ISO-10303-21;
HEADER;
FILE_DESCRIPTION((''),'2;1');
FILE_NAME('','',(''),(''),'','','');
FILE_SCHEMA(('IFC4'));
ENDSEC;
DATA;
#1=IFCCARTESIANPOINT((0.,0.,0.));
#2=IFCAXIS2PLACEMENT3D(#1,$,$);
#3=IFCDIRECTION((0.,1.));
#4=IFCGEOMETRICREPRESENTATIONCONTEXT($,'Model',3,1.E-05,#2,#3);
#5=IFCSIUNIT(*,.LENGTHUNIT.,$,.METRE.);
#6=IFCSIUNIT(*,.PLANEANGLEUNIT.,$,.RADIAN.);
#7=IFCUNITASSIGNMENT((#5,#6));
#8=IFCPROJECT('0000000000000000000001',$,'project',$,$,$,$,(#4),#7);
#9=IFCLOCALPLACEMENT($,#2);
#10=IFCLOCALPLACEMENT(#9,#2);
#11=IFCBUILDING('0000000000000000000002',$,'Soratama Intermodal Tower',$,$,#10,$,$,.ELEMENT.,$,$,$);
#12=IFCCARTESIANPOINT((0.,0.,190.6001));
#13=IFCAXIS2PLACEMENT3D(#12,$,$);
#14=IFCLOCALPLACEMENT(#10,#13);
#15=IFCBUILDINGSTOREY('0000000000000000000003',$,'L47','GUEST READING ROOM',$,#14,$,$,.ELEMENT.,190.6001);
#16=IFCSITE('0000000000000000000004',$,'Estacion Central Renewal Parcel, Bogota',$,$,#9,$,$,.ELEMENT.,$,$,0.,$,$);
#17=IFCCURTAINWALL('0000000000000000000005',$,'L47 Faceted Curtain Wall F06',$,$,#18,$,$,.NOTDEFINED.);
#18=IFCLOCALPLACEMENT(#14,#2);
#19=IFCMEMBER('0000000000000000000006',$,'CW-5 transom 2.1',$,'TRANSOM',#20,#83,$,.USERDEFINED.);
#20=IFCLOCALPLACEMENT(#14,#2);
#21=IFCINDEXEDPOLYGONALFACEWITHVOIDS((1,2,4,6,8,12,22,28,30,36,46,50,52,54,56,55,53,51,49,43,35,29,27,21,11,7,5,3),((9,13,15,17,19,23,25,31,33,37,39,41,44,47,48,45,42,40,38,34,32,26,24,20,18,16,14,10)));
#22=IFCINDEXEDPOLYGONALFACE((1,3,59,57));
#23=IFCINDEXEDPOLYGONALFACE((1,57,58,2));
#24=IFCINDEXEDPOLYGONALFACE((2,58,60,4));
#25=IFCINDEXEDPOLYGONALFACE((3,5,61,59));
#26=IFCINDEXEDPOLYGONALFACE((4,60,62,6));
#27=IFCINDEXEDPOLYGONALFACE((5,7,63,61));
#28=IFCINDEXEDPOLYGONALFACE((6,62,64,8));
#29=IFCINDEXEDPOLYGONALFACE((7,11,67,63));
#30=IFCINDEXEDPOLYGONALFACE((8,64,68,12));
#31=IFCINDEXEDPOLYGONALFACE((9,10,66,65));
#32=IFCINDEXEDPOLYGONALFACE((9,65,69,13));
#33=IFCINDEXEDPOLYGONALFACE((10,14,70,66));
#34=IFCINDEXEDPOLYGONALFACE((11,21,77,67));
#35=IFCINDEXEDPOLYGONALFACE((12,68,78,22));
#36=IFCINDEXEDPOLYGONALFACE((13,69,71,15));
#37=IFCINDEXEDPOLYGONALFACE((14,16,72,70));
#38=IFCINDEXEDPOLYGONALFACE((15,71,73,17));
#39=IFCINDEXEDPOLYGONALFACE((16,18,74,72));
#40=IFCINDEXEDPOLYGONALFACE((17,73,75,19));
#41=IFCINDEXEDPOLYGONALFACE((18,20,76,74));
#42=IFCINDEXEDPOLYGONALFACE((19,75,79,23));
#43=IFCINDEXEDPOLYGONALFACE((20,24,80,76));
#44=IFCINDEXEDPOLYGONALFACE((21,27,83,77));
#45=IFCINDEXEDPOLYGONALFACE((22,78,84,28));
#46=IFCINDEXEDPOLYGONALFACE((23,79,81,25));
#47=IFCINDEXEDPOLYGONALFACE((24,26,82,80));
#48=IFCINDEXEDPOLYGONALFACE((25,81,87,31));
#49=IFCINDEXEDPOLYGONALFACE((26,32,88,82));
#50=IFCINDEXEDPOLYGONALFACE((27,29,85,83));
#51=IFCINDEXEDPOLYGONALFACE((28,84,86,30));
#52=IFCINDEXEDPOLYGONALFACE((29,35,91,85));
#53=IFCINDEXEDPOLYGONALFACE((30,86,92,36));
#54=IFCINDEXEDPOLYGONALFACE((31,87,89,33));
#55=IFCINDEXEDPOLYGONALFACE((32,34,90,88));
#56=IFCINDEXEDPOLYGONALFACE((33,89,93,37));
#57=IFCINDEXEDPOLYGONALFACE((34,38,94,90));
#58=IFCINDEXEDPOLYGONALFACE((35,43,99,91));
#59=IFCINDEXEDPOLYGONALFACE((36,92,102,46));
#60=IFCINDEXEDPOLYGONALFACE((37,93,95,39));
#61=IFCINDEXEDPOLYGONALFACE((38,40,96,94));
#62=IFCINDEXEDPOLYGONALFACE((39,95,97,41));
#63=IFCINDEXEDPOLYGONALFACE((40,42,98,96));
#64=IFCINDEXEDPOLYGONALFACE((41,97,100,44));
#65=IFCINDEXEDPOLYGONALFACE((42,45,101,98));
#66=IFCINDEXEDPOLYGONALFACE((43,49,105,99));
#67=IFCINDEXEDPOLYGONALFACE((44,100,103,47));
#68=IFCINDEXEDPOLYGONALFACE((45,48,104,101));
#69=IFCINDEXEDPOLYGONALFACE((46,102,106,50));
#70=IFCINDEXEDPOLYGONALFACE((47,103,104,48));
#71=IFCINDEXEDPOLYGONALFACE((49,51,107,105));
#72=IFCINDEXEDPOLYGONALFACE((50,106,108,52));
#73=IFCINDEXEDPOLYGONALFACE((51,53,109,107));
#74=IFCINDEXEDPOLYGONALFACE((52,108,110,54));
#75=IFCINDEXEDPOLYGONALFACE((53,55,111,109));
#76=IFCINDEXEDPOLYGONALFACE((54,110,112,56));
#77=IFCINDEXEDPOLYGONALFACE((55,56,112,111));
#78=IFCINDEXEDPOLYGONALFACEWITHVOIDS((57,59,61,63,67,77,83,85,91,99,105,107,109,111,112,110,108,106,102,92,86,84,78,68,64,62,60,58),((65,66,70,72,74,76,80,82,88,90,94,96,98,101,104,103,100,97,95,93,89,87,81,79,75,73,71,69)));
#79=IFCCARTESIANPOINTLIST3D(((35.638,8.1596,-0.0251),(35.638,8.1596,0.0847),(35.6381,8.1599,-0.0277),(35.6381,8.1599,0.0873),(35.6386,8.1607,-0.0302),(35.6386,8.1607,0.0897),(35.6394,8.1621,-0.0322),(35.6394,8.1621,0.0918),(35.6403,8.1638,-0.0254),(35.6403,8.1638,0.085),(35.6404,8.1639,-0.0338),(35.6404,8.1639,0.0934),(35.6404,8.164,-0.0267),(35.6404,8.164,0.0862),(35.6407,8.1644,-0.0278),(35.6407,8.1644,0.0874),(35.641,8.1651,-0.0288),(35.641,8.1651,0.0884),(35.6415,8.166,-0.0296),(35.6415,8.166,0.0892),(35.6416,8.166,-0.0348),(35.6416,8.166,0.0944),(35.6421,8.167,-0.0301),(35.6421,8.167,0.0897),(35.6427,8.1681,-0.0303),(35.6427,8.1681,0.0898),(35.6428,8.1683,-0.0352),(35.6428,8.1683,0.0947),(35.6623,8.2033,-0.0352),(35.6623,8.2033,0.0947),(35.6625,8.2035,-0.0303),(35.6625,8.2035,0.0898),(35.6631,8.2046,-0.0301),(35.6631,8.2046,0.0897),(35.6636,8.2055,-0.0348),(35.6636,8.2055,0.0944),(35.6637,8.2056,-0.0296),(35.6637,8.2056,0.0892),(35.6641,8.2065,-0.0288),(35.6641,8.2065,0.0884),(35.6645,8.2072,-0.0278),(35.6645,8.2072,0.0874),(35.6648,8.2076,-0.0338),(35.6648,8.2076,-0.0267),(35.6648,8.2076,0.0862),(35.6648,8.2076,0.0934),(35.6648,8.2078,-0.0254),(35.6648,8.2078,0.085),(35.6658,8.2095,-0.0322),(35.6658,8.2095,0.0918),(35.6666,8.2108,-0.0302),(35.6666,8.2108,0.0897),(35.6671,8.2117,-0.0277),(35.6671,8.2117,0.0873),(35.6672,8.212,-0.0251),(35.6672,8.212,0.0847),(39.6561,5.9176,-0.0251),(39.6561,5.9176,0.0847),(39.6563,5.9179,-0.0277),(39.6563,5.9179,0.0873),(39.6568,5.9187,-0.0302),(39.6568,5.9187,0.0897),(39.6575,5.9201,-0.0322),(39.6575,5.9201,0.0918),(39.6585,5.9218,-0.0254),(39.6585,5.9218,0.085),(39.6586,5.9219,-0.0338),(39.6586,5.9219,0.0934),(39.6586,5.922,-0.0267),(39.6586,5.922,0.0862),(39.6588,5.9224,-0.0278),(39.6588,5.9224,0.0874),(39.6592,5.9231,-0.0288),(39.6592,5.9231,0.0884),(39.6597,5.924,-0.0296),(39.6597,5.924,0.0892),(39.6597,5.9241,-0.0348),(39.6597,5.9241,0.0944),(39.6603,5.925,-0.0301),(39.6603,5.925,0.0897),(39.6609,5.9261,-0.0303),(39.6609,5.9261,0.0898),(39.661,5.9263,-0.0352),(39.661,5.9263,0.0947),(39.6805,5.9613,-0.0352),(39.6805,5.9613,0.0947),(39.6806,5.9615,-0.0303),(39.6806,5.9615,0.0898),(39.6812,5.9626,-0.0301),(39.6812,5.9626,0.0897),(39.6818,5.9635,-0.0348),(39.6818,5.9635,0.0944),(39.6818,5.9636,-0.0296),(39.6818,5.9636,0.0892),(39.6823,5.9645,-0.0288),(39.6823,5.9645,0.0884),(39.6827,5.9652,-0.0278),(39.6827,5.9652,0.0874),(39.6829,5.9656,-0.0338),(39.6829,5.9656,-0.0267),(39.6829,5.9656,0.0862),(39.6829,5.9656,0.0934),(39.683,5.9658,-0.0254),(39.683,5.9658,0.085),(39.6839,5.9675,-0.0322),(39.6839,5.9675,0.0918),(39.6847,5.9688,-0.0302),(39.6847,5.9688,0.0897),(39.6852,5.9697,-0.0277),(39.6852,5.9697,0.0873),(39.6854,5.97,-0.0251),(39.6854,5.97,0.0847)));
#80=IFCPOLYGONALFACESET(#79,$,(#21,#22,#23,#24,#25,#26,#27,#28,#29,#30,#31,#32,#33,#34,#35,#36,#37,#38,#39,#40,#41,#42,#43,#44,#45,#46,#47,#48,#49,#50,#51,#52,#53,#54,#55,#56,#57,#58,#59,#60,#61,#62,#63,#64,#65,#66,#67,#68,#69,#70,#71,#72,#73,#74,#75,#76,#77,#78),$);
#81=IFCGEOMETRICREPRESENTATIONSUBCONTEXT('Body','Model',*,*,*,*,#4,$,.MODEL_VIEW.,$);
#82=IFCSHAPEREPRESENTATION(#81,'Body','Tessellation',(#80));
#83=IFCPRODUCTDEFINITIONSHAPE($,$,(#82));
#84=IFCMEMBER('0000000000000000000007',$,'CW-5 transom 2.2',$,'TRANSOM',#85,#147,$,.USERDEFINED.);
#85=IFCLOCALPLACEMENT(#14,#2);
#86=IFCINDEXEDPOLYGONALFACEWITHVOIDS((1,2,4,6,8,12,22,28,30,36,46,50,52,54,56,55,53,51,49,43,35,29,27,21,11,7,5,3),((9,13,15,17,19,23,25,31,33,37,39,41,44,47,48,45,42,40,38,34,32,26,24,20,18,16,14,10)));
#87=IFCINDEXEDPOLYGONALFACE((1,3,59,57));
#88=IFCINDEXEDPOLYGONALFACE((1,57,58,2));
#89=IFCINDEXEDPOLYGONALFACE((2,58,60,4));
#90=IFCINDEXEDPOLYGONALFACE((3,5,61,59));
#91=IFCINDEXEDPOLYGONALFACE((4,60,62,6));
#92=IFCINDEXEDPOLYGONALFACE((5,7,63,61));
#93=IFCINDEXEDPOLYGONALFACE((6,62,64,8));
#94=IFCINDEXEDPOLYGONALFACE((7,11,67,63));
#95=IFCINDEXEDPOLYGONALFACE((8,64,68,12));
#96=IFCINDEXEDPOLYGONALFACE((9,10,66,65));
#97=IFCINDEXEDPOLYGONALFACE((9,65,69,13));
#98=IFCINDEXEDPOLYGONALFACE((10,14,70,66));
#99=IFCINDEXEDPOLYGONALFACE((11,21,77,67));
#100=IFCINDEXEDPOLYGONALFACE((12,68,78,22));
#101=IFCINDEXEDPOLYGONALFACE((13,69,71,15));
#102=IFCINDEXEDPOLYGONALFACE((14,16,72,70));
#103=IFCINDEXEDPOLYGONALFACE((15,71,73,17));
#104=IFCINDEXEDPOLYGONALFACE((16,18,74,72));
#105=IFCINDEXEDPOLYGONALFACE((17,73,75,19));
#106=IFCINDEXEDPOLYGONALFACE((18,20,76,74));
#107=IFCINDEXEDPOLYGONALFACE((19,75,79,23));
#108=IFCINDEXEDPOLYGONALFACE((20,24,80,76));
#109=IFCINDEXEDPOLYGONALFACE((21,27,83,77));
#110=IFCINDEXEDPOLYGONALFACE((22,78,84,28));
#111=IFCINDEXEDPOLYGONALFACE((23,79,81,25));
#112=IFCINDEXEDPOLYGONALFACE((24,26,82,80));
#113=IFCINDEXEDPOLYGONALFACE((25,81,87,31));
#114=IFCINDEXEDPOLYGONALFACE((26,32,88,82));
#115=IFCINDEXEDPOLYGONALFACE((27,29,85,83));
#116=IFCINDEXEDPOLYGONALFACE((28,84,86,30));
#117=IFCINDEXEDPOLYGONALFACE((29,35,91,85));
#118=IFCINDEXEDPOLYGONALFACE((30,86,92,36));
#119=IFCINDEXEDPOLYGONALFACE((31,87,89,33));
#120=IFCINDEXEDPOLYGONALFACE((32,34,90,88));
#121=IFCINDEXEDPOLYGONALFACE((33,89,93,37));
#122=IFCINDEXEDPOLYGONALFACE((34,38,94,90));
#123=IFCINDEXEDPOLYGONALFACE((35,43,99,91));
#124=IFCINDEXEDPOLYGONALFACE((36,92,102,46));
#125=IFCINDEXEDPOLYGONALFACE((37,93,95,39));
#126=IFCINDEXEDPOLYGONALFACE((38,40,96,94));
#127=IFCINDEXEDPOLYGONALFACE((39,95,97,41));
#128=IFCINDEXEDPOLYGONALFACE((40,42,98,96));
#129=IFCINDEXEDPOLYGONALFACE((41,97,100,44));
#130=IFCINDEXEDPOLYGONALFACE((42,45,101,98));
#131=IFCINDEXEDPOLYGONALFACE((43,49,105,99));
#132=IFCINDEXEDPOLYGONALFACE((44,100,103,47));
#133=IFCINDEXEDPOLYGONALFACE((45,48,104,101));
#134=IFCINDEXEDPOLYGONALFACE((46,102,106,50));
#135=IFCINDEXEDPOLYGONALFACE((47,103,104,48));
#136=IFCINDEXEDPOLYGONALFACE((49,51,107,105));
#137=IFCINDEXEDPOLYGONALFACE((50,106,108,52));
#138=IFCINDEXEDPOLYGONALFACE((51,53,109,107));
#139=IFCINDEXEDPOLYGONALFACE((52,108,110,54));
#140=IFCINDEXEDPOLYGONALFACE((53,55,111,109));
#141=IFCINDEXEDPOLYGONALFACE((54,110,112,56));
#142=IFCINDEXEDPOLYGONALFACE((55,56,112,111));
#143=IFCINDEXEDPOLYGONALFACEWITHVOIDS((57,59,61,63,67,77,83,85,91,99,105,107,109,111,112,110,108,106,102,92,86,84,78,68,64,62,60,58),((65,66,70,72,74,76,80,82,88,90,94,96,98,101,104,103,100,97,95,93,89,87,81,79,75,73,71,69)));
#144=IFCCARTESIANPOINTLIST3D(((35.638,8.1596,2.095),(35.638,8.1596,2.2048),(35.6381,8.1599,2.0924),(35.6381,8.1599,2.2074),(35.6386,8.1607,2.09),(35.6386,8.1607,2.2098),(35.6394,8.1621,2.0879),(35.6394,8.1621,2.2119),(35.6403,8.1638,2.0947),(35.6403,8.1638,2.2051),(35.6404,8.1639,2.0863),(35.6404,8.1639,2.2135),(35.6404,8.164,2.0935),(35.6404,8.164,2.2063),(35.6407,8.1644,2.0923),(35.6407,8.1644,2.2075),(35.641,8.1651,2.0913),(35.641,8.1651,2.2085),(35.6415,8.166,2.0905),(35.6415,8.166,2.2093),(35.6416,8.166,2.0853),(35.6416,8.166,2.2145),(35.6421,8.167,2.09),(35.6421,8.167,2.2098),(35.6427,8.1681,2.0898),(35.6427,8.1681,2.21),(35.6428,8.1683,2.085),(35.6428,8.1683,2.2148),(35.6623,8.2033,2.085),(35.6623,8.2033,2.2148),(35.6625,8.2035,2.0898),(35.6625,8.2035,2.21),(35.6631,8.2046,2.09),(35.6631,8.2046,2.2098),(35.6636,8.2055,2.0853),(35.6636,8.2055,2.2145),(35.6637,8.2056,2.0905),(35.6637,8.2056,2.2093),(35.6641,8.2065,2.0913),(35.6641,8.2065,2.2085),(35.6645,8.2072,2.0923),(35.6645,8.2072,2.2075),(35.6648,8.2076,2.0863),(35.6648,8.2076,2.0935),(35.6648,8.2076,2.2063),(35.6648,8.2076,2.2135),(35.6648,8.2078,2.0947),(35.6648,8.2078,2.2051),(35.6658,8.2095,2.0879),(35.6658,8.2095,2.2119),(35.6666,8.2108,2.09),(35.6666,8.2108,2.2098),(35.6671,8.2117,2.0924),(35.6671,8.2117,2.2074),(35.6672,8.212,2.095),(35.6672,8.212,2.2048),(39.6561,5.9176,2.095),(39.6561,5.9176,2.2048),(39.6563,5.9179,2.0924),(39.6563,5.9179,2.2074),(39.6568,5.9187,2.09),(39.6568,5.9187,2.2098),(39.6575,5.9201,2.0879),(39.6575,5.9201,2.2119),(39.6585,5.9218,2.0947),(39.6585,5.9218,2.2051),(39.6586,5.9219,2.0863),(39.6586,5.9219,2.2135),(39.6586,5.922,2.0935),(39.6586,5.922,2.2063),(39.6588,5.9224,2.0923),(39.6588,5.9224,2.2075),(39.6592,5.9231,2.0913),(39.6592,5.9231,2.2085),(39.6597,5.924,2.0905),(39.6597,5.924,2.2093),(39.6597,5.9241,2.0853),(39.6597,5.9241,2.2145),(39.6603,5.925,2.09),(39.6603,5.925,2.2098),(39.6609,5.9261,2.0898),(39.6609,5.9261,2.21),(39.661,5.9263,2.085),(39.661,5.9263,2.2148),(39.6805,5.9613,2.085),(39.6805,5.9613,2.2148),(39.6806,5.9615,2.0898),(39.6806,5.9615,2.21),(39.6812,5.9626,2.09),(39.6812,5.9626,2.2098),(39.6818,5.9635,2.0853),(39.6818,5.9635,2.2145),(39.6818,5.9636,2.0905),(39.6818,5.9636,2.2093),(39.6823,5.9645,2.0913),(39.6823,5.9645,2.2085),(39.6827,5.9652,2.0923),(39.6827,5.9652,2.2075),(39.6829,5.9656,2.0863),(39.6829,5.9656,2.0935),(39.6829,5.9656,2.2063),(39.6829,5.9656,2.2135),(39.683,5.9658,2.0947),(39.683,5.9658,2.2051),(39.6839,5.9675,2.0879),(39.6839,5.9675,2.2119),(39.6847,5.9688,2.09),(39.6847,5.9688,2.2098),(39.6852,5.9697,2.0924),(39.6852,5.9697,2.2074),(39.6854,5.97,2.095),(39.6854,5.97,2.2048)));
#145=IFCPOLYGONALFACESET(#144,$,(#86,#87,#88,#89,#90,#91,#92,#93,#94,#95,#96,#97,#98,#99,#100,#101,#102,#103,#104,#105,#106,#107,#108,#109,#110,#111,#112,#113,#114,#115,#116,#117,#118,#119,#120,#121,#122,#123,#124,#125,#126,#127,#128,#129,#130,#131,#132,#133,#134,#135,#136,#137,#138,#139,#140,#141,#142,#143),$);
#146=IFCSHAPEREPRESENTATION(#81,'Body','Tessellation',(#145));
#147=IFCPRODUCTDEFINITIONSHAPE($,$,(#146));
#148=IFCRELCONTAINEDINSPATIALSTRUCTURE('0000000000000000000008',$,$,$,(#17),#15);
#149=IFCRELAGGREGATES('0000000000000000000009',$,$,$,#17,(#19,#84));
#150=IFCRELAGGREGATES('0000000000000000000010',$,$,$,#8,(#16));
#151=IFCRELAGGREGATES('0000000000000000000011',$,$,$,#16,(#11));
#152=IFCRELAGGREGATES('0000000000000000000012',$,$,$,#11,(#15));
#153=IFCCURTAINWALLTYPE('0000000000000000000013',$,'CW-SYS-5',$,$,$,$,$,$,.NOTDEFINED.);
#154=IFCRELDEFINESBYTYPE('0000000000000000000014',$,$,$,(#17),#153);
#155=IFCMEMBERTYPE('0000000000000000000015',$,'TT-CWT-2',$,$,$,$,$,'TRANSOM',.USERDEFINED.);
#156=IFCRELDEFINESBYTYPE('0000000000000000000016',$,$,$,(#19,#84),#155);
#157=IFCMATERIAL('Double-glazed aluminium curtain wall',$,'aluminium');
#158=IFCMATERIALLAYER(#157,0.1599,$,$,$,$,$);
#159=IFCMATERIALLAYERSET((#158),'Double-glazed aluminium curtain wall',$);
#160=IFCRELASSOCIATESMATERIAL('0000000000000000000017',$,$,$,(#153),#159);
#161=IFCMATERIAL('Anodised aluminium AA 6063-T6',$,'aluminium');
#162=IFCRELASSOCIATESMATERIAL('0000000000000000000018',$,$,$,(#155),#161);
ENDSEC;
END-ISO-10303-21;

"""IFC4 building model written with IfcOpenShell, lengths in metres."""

from ifc_helpers import new_model, si_unit, direction, frame, origin, origin_2d, place, context, subcontext, project, spatial, hollow_rectangle, extrude, material, layer, layer_set, material_profile, profile_set, type_object, element, aggregate, save


model = new_model("IFC4")

# Units and contexts
model_context = context("Model", 3, precision=1e-05, world=origin(), true_north=direction((0.0, 1.0)))
body_context = subcontext(model_context, "Body", "Model", "MODEL_VIEW")
ifc_project = project(units=[si_unit("LENGTHUNIT", "METRE"), si_unit("PLANEANGLEUNIT", "RADIAN")], contexts=[model_context])

# Site, building, storey
site_placement = place(None, origin())
site = spatial("IfcSite", under=ifc_project, at=site_placement, Name="Estacion Central Renewal Parcel, Bogota", CompositionType="ELEMENT", RefElevation=0.0)
building_placement = place(site_placement, origin())
building = spatial("IfcBuilding", under=site, at=building_placement, Name="Soratama Intermodal Tower", CompositionType="ELEMENT")
storey_placement = place(building_placement, frame((0.0, 0.0, 190.6001)))
storey = spatial("IfcBuildingStorey", under=building, at=storey_placement, Name="L47", Description="GUEST READING ROOM", CompositionType="ELEMENT", Elevation=190.6001)

# Curtain wall, members
ifc_material_1 = material(Name="Double-glazed aluminium curtain wall", Category="aluminium")
ifc_layer_1 = layer(ifc_material_1, 0.1599)
ifc_layer_set_1 = layer_set([ifc_layer_1], Name="Double-glazed aluminium curtain wall")
curtain_wall_type = type_object("IfcCurtainWallType", Name="CW-SYS-5", PredefinedType="NOTDEFINED", material=ifc_layer_set_1)
curtain_wall_placement = place(storey_placement, origin())
curtain_wall = element("IfcCurtainWall", 1, at=curtain_wall_placement, inside=storey, type_object=curtain_wall_type, Name="L47 Faceted Curtain Wall F06", PredefinedType="NOTDEFINED")
ifc_material_2 = material(Name="Anodised aluminium AA 6063-T6", Category="aluminium")
ifc_material_profile_1 = material_profile(ifc_material_2, hollow_rectangle(XDim=0.0601, YDim=0.1299, WallThickness=0.0049, InnerFilletRadius=0.0049, OuterFilletRadius=0.01, at=origin_2d()), Name="CWT130X60X5")
ifc_profile_set_1 = profile_set([ifc_material_profile_1], Name="Anodised aluminium AA 6063-T6")
member_type_1 = type_object("IfcMemberType", Name="TT-CWT-2", ElementType="TRANSOM", PredefinedType="USERDEFINED", material=ifc_profile_set_1)
member_1_placement = place(storey_placement, frame((35.6526, 8.1858, 0.0298), z_axis=(0.873262, -0.48725, 0.0), x_axis=(0.48725, 0.873262, 0.0)))
member_1 = element("IfcMember", 2, at=member_1_placement, type_object=member_type_1, Name="CW-5 transom 2.1", ObjectType="TRANSOM", PredefinedType="USERDEFINED", context=body_context, shape_type="SweptSolid", body=[
    extrude(hollow_rectangle(XDim=0.0601, YDim=0.1299, WallThickness=0.0049, InnerFilletRadius=0.0049, OuterFilletRadius=0.01, at=origin_2d()), origin(), (0.0, 0.0, 1.0), 4.6013),
])
member_2_placement = place(storey_placement, frame((35.6526, 8.1858, 2.1499), z_axis=(0.873262, -0.48725, 0.0), x_axis=(0.48725, 0.873262, 0.0)))
member_2 = element("IfcMember", 3, at=member_2_placement, type_object=member_type_1, Name="CW-5 transom 2.2", ObjectType="TRANSOM", PredefinedType="USERDEFINED", context=body_context, shape_type="SweptSolid", body=[
    extrude(hollow_rectangle(XDim=0.0601, YDim=0.1299, WallThickness=0.0049, InnerFilletRadius=0.0049, OuterFilletRadius=0.01, at=origin_2d()), origin(), (0.0, 0.0, 1.0), 4.6013),
])
aggregate(curtain_wall, [member_1, member_2])

save(model, "model.ifc")
